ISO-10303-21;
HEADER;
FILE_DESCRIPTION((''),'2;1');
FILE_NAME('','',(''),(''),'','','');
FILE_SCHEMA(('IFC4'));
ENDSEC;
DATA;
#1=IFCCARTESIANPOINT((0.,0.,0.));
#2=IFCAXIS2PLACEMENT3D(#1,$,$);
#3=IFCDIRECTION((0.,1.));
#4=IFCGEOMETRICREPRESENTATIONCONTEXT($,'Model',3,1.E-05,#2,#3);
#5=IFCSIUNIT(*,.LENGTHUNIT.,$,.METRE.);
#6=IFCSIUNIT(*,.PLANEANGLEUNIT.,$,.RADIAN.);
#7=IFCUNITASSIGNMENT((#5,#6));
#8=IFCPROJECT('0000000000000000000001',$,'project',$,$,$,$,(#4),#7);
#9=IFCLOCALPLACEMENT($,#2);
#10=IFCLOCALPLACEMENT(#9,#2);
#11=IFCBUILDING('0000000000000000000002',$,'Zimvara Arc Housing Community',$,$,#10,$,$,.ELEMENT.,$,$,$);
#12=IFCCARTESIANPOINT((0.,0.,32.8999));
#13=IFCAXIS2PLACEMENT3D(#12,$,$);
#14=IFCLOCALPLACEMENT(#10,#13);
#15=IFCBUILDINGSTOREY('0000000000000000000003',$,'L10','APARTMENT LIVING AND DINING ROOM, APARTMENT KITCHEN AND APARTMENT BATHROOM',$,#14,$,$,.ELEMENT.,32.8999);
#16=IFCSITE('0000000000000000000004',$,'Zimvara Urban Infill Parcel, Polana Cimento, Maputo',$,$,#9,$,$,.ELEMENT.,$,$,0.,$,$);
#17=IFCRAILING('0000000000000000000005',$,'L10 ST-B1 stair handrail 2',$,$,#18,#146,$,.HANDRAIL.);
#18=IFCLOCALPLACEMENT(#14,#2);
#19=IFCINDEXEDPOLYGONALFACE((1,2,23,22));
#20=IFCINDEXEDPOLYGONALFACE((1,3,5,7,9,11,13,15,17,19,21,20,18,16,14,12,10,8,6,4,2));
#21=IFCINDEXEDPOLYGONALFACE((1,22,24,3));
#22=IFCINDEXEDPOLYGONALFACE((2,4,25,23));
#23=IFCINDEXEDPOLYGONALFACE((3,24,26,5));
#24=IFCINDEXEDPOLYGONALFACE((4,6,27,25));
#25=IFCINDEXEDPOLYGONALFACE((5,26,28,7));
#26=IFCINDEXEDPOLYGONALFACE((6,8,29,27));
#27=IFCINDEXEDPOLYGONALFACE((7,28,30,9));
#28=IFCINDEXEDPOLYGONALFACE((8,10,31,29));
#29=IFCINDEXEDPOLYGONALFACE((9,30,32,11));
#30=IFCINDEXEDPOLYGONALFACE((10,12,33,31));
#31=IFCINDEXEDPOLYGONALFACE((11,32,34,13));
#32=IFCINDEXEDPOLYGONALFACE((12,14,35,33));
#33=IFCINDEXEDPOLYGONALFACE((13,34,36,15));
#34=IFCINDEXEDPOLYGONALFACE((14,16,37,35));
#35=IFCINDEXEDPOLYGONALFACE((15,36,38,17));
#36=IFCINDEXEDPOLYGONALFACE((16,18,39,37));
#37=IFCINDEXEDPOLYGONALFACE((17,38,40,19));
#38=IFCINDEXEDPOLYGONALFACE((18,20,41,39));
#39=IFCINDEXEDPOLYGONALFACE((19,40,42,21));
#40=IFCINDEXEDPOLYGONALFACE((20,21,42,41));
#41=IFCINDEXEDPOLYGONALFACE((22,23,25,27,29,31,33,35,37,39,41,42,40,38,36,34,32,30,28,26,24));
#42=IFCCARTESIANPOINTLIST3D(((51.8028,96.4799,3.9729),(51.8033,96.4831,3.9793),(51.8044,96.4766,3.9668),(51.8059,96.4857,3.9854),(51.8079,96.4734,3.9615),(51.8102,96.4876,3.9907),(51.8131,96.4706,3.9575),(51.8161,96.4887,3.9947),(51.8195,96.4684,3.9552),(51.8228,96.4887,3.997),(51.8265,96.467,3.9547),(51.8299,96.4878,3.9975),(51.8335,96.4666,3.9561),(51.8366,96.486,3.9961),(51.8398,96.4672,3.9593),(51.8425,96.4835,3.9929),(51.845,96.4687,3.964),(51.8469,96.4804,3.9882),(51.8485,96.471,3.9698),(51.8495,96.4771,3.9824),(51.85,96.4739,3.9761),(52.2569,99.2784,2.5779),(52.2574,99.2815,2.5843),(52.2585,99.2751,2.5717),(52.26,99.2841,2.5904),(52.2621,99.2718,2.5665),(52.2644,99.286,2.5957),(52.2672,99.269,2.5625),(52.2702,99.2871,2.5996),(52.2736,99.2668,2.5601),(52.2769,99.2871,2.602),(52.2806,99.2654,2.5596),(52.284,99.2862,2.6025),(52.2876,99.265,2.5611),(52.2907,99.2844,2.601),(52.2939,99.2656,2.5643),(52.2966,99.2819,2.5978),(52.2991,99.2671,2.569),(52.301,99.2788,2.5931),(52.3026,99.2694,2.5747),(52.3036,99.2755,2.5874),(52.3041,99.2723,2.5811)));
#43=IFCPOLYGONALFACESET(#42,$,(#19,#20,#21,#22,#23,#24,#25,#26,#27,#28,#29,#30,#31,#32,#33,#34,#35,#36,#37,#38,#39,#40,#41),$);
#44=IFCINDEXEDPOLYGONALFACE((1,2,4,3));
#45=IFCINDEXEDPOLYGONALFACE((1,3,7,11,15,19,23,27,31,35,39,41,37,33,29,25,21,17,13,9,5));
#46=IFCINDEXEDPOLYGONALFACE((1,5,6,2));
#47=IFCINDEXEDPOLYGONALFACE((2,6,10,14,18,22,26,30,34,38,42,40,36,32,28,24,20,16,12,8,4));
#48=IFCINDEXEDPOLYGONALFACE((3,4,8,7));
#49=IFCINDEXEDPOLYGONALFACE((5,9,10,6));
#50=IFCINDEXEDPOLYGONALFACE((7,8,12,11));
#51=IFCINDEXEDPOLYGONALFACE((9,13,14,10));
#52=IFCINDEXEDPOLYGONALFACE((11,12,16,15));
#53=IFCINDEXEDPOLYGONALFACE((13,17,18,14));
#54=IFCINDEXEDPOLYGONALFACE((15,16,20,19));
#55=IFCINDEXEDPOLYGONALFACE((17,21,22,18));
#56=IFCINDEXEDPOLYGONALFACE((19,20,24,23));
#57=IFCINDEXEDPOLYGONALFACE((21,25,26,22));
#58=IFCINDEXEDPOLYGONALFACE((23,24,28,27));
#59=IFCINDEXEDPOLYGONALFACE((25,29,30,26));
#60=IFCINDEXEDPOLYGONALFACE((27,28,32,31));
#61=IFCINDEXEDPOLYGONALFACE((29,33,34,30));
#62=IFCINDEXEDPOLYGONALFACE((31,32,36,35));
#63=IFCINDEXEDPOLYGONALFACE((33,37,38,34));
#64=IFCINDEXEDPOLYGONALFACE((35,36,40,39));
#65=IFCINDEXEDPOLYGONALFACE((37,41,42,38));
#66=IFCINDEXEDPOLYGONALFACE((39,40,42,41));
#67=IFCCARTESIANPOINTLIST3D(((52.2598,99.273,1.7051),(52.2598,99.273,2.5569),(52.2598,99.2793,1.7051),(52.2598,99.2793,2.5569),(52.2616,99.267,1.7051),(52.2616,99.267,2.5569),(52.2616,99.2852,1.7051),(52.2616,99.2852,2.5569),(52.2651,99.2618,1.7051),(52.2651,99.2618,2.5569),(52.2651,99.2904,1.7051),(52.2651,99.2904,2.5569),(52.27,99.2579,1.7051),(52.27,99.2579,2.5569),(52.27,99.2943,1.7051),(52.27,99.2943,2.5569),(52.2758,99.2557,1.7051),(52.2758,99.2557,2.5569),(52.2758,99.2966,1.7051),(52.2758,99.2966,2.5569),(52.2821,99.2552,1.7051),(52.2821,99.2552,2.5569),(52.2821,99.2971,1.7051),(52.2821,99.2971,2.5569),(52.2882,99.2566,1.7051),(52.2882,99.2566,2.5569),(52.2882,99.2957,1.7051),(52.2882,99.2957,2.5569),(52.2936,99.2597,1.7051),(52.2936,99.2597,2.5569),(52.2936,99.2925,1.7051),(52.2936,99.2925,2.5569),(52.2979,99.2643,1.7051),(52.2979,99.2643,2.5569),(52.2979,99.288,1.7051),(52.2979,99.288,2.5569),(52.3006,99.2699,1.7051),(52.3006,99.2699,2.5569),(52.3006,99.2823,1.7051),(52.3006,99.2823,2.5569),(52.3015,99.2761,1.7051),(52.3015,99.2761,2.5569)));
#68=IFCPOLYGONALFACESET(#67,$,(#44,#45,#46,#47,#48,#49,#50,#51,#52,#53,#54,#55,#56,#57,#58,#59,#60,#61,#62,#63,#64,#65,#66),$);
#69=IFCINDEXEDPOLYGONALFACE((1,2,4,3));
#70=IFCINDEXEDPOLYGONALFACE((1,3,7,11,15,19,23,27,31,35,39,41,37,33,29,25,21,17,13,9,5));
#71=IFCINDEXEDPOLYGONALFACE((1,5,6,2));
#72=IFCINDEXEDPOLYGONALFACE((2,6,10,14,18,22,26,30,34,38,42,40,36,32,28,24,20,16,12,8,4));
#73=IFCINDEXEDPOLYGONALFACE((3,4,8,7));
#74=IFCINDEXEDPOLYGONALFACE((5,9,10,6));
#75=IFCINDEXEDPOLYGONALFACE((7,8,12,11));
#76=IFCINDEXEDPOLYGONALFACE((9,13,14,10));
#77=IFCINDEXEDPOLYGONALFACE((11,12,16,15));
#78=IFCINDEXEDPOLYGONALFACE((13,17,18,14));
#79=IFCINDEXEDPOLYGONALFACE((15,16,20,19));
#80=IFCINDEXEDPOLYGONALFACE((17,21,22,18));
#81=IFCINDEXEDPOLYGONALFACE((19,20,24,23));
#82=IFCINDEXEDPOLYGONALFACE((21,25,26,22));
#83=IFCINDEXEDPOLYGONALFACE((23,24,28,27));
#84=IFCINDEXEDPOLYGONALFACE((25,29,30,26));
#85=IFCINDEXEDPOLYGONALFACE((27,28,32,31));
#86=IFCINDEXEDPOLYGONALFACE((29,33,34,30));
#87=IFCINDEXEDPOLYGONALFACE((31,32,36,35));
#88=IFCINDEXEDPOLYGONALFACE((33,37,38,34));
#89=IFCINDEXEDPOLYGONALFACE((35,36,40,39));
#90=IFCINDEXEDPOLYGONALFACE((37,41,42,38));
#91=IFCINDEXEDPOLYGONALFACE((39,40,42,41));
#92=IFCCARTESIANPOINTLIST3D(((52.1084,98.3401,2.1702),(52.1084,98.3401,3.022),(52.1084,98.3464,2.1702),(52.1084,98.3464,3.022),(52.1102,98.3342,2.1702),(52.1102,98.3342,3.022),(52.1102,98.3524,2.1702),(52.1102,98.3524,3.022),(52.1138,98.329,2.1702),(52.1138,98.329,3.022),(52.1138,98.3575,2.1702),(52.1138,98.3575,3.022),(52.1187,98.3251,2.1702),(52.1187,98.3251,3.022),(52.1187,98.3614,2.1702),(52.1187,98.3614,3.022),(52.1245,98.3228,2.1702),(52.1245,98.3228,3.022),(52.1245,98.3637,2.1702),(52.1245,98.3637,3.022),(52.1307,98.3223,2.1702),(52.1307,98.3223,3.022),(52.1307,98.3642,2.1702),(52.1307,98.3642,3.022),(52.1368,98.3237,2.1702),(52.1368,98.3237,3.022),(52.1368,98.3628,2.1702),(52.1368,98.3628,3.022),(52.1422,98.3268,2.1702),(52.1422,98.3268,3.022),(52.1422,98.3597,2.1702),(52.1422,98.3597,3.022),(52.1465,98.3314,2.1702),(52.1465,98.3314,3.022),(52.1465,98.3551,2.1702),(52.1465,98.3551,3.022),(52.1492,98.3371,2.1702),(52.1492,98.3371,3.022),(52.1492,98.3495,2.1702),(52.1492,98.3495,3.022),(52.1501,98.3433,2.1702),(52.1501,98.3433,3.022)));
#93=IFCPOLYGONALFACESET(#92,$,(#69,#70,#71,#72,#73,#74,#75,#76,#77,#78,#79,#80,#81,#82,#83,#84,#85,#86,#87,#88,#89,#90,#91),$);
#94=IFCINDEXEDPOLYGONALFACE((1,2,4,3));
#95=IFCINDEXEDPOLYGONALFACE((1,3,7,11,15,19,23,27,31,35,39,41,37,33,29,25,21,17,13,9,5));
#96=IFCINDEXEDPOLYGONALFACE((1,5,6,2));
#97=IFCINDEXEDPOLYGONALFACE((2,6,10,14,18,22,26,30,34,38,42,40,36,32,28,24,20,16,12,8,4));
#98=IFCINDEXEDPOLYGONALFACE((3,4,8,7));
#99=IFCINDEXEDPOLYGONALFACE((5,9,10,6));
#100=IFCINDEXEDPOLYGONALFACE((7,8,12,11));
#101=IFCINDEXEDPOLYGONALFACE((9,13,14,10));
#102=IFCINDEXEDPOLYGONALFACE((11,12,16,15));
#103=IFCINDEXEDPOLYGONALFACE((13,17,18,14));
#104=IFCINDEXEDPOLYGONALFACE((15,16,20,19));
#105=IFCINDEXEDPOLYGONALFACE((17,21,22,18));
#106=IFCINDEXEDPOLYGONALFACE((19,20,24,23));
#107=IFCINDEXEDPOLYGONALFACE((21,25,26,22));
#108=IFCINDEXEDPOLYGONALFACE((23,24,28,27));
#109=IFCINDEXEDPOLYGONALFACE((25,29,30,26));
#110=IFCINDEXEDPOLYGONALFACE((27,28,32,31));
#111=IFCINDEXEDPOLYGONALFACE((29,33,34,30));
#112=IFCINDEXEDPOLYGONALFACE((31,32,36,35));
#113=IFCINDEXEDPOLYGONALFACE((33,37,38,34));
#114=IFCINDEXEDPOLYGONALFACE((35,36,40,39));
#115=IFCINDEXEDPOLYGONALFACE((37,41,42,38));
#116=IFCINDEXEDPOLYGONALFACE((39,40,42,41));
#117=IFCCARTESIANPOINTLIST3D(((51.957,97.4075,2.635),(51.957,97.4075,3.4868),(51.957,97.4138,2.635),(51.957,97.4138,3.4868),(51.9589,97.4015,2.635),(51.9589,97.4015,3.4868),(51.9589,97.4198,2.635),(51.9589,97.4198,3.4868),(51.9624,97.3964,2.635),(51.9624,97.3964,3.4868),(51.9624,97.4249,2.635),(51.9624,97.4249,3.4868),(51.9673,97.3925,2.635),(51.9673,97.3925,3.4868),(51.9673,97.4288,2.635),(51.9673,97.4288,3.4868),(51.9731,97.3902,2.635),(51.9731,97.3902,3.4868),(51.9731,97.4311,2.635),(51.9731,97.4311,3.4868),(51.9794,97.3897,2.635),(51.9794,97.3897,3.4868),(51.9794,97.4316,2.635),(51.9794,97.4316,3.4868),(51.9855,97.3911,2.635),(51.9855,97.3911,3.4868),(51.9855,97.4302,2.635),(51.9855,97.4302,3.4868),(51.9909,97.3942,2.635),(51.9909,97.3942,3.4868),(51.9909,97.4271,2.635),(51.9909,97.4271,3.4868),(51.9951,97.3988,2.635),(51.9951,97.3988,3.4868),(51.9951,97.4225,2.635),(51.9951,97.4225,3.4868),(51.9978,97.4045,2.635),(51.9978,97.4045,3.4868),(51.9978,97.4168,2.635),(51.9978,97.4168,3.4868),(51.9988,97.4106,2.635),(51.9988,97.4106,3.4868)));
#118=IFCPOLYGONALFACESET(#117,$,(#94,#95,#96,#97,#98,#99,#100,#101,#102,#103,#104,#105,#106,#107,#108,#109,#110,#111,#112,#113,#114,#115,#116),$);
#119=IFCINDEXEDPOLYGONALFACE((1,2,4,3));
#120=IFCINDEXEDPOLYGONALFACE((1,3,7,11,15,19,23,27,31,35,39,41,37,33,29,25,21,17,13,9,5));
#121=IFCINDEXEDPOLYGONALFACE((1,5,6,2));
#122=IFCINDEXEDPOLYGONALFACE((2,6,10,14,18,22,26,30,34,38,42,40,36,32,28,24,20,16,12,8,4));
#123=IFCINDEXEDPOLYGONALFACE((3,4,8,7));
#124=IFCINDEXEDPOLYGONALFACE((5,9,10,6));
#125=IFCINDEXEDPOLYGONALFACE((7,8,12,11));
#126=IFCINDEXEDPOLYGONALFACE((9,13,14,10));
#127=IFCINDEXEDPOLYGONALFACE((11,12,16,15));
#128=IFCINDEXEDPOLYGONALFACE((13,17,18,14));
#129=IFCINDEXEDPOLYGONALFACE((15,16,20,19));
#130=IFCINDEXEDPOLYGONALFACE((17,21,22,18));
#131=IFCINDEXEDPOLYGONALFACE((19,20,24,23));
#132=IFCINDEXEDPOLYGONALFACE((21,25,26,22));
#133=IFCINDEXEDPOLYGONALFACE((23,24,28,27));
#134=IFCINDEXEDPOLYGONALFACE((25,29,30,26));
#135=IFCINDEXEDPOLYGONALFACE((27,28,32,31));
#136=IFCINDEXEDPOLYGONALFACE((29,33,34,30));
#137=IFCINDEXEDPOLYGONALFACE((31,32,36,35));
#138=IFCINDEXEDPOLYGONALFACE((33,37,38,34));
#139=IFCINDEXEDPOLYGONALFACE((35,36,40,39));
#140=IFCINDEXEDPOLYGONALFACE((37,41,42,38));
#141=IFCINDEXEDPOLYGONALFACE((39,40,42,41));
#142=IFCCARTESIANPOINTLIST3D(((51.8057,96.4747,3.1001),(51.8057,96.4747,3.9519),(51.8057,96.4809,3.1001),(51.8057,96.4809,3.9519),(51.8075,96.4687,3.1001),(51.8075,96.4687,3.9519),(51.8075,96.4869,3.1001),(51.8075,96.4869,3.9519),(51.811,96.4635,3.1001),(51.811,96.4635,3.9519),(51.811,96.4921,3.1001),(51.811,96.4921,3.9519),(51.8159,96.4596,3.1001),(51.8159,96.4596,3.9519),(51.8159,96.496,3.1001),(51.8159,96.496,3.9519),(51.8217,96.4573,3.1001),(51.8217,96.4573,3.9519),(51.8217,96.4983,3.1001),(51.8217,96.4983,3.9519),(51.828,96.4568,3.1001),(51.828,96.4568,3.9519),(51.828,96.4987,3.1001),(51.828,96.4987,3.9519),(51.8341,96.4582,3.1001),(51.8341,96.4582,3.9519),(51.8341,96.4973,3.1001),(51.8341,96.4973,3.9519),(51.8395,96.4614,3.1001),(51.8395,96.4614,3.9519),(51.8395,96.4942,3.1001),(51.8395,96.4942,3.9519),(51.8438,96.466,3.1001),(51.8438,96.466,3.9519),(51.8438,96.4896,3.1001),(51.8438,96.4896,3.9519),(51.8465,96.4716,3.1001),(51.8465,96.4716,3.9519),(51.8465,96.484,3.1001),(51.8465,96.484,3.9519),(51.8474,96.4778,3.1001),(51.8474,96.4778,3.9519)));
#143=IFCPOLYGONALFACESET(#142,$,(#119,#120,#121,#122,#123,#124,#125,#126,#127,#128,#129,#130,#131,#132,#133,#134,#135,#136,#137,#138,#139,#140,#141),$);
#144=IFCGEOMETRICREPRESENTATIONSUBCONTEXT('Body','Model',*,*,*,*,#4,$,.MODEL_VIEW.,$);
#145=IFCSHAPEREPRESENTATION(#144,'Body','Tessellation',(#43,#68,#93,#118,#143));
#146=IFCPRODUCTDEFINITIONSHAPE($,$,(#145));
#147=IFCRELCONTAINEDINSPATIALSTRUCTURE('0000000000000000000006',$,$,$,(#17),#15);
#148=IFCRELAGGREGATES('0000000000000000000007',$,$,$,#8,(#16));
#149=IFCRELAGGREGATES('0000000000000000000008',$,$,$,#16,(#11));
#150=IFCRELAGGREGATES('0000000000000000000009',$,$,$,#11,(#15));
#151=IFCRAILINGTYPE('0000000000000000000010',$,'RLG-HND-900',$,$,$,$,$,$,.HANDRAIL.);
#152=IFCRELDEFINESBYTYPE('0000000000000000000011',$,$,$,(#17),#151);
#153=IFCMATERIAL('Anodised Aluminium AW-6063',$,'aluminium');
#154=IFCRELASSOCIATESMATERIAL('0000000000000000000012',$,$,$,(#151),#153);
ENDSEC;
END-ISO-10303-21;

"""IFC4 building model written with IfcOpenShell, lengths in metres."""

from ifc_helpers import new_model, si_unit, direction, frame, origin, origin_2d, place, context, subcontext, project, spatial, circle, extrude, material, type_object, element, save


model = new_model("IFC4")

# Units and contexts
model_context = context("Model", 3, precision=1e-05, world=origin(), true_north=direction((0.0, 1.0)))
body_context = subcontext(model_context, "Body", "Model", "MODEL_VIEW")
ifc_project = project(units=[si_unit("LENGTHUNIT", "METRE"), si_unit("PLANEANGLEUNIT", "RADIAN")], contexts=[model_context])

# Site, building, storey
site_placement = place(None, origin())
site = spatial("IfcSite", under=ifc_project, at=site_placement, Name="Zimvara Urban Infill Parcel, Polana Cimento, Maputo", CompositionType="ELEMENT", RefElevation=0.0)
building_placement = place(site_placement, origin())
building = spatial("IfcBuilding", under=site, at=building_placement, Name="Zimvara Arc Housing Community", CompositionType="ELEMENT")
storey_placement = place(building_placement, frame((0.0, 0.0, 32.8999)))
storey = spatial("IfcBuildingStorey", under=building, at=storey_placement, Name="L10", Description="APARTMENT LIVING AND DINING ROOM, APARTMENT KITCHEN AND APARTMENT BATHROOM", CompositionType="ELEMENT", Elevation=32.8999)

# Railing
ifc_material_1 = material(Name="Anodised Aluminium AW-6063", Category="aluminium")
railing_type_1 = type_object("IfcRailingType", Name="RLG-HND-900", PredefinedType="HANDRAIL", material=ifc_material_1)
railing_1_placement = place(storey_placement, frame((52.2805, 99.2761, 1.7051)))
element("IfcRailing", 1, at=railing_1_placement, inside=storey, type_object=railing_type_1, Name="L10 ST-B1 stair handrail 2", PredefinedType="HANDRAIL", context=body_context, shape_type="SweptSolid", body=[
    extrude(circle(Radius=0.0239, at=origin_2d()), frame((0.0, 0.0, 0.876), z_axis=(-0.143722, -0.885666, 0.44152), x_axis=(0.987088, -0.16018, 0.0)), (0.0, 0.0, 1.0), 3.1597),
    extrude(circle(Radius=0.021, at=origin_2d()), origin(), (0.0, 0.0, 1.0), 0.8518),
    extrude(circle(Radius=0.021, at=origin_2d()), frame((-0.1514, -0.9329, 0.4651)), (0.0, 0.0, 1.0), 0.8518),
    extrude(circle(Radius=0.021, at=origin_2d()), frame((-0.3027, -1.8655, 0.9299)), (0.0, 0.0, 1.0), 0.8518),
    extrude(circle(Radius=0.021, at=origin_2d()), frame((-0.4541, -2.7983, 1.395)), (0.0, 0.0, 1.0), 0.8518),
])

save(model, "model.ifc")
